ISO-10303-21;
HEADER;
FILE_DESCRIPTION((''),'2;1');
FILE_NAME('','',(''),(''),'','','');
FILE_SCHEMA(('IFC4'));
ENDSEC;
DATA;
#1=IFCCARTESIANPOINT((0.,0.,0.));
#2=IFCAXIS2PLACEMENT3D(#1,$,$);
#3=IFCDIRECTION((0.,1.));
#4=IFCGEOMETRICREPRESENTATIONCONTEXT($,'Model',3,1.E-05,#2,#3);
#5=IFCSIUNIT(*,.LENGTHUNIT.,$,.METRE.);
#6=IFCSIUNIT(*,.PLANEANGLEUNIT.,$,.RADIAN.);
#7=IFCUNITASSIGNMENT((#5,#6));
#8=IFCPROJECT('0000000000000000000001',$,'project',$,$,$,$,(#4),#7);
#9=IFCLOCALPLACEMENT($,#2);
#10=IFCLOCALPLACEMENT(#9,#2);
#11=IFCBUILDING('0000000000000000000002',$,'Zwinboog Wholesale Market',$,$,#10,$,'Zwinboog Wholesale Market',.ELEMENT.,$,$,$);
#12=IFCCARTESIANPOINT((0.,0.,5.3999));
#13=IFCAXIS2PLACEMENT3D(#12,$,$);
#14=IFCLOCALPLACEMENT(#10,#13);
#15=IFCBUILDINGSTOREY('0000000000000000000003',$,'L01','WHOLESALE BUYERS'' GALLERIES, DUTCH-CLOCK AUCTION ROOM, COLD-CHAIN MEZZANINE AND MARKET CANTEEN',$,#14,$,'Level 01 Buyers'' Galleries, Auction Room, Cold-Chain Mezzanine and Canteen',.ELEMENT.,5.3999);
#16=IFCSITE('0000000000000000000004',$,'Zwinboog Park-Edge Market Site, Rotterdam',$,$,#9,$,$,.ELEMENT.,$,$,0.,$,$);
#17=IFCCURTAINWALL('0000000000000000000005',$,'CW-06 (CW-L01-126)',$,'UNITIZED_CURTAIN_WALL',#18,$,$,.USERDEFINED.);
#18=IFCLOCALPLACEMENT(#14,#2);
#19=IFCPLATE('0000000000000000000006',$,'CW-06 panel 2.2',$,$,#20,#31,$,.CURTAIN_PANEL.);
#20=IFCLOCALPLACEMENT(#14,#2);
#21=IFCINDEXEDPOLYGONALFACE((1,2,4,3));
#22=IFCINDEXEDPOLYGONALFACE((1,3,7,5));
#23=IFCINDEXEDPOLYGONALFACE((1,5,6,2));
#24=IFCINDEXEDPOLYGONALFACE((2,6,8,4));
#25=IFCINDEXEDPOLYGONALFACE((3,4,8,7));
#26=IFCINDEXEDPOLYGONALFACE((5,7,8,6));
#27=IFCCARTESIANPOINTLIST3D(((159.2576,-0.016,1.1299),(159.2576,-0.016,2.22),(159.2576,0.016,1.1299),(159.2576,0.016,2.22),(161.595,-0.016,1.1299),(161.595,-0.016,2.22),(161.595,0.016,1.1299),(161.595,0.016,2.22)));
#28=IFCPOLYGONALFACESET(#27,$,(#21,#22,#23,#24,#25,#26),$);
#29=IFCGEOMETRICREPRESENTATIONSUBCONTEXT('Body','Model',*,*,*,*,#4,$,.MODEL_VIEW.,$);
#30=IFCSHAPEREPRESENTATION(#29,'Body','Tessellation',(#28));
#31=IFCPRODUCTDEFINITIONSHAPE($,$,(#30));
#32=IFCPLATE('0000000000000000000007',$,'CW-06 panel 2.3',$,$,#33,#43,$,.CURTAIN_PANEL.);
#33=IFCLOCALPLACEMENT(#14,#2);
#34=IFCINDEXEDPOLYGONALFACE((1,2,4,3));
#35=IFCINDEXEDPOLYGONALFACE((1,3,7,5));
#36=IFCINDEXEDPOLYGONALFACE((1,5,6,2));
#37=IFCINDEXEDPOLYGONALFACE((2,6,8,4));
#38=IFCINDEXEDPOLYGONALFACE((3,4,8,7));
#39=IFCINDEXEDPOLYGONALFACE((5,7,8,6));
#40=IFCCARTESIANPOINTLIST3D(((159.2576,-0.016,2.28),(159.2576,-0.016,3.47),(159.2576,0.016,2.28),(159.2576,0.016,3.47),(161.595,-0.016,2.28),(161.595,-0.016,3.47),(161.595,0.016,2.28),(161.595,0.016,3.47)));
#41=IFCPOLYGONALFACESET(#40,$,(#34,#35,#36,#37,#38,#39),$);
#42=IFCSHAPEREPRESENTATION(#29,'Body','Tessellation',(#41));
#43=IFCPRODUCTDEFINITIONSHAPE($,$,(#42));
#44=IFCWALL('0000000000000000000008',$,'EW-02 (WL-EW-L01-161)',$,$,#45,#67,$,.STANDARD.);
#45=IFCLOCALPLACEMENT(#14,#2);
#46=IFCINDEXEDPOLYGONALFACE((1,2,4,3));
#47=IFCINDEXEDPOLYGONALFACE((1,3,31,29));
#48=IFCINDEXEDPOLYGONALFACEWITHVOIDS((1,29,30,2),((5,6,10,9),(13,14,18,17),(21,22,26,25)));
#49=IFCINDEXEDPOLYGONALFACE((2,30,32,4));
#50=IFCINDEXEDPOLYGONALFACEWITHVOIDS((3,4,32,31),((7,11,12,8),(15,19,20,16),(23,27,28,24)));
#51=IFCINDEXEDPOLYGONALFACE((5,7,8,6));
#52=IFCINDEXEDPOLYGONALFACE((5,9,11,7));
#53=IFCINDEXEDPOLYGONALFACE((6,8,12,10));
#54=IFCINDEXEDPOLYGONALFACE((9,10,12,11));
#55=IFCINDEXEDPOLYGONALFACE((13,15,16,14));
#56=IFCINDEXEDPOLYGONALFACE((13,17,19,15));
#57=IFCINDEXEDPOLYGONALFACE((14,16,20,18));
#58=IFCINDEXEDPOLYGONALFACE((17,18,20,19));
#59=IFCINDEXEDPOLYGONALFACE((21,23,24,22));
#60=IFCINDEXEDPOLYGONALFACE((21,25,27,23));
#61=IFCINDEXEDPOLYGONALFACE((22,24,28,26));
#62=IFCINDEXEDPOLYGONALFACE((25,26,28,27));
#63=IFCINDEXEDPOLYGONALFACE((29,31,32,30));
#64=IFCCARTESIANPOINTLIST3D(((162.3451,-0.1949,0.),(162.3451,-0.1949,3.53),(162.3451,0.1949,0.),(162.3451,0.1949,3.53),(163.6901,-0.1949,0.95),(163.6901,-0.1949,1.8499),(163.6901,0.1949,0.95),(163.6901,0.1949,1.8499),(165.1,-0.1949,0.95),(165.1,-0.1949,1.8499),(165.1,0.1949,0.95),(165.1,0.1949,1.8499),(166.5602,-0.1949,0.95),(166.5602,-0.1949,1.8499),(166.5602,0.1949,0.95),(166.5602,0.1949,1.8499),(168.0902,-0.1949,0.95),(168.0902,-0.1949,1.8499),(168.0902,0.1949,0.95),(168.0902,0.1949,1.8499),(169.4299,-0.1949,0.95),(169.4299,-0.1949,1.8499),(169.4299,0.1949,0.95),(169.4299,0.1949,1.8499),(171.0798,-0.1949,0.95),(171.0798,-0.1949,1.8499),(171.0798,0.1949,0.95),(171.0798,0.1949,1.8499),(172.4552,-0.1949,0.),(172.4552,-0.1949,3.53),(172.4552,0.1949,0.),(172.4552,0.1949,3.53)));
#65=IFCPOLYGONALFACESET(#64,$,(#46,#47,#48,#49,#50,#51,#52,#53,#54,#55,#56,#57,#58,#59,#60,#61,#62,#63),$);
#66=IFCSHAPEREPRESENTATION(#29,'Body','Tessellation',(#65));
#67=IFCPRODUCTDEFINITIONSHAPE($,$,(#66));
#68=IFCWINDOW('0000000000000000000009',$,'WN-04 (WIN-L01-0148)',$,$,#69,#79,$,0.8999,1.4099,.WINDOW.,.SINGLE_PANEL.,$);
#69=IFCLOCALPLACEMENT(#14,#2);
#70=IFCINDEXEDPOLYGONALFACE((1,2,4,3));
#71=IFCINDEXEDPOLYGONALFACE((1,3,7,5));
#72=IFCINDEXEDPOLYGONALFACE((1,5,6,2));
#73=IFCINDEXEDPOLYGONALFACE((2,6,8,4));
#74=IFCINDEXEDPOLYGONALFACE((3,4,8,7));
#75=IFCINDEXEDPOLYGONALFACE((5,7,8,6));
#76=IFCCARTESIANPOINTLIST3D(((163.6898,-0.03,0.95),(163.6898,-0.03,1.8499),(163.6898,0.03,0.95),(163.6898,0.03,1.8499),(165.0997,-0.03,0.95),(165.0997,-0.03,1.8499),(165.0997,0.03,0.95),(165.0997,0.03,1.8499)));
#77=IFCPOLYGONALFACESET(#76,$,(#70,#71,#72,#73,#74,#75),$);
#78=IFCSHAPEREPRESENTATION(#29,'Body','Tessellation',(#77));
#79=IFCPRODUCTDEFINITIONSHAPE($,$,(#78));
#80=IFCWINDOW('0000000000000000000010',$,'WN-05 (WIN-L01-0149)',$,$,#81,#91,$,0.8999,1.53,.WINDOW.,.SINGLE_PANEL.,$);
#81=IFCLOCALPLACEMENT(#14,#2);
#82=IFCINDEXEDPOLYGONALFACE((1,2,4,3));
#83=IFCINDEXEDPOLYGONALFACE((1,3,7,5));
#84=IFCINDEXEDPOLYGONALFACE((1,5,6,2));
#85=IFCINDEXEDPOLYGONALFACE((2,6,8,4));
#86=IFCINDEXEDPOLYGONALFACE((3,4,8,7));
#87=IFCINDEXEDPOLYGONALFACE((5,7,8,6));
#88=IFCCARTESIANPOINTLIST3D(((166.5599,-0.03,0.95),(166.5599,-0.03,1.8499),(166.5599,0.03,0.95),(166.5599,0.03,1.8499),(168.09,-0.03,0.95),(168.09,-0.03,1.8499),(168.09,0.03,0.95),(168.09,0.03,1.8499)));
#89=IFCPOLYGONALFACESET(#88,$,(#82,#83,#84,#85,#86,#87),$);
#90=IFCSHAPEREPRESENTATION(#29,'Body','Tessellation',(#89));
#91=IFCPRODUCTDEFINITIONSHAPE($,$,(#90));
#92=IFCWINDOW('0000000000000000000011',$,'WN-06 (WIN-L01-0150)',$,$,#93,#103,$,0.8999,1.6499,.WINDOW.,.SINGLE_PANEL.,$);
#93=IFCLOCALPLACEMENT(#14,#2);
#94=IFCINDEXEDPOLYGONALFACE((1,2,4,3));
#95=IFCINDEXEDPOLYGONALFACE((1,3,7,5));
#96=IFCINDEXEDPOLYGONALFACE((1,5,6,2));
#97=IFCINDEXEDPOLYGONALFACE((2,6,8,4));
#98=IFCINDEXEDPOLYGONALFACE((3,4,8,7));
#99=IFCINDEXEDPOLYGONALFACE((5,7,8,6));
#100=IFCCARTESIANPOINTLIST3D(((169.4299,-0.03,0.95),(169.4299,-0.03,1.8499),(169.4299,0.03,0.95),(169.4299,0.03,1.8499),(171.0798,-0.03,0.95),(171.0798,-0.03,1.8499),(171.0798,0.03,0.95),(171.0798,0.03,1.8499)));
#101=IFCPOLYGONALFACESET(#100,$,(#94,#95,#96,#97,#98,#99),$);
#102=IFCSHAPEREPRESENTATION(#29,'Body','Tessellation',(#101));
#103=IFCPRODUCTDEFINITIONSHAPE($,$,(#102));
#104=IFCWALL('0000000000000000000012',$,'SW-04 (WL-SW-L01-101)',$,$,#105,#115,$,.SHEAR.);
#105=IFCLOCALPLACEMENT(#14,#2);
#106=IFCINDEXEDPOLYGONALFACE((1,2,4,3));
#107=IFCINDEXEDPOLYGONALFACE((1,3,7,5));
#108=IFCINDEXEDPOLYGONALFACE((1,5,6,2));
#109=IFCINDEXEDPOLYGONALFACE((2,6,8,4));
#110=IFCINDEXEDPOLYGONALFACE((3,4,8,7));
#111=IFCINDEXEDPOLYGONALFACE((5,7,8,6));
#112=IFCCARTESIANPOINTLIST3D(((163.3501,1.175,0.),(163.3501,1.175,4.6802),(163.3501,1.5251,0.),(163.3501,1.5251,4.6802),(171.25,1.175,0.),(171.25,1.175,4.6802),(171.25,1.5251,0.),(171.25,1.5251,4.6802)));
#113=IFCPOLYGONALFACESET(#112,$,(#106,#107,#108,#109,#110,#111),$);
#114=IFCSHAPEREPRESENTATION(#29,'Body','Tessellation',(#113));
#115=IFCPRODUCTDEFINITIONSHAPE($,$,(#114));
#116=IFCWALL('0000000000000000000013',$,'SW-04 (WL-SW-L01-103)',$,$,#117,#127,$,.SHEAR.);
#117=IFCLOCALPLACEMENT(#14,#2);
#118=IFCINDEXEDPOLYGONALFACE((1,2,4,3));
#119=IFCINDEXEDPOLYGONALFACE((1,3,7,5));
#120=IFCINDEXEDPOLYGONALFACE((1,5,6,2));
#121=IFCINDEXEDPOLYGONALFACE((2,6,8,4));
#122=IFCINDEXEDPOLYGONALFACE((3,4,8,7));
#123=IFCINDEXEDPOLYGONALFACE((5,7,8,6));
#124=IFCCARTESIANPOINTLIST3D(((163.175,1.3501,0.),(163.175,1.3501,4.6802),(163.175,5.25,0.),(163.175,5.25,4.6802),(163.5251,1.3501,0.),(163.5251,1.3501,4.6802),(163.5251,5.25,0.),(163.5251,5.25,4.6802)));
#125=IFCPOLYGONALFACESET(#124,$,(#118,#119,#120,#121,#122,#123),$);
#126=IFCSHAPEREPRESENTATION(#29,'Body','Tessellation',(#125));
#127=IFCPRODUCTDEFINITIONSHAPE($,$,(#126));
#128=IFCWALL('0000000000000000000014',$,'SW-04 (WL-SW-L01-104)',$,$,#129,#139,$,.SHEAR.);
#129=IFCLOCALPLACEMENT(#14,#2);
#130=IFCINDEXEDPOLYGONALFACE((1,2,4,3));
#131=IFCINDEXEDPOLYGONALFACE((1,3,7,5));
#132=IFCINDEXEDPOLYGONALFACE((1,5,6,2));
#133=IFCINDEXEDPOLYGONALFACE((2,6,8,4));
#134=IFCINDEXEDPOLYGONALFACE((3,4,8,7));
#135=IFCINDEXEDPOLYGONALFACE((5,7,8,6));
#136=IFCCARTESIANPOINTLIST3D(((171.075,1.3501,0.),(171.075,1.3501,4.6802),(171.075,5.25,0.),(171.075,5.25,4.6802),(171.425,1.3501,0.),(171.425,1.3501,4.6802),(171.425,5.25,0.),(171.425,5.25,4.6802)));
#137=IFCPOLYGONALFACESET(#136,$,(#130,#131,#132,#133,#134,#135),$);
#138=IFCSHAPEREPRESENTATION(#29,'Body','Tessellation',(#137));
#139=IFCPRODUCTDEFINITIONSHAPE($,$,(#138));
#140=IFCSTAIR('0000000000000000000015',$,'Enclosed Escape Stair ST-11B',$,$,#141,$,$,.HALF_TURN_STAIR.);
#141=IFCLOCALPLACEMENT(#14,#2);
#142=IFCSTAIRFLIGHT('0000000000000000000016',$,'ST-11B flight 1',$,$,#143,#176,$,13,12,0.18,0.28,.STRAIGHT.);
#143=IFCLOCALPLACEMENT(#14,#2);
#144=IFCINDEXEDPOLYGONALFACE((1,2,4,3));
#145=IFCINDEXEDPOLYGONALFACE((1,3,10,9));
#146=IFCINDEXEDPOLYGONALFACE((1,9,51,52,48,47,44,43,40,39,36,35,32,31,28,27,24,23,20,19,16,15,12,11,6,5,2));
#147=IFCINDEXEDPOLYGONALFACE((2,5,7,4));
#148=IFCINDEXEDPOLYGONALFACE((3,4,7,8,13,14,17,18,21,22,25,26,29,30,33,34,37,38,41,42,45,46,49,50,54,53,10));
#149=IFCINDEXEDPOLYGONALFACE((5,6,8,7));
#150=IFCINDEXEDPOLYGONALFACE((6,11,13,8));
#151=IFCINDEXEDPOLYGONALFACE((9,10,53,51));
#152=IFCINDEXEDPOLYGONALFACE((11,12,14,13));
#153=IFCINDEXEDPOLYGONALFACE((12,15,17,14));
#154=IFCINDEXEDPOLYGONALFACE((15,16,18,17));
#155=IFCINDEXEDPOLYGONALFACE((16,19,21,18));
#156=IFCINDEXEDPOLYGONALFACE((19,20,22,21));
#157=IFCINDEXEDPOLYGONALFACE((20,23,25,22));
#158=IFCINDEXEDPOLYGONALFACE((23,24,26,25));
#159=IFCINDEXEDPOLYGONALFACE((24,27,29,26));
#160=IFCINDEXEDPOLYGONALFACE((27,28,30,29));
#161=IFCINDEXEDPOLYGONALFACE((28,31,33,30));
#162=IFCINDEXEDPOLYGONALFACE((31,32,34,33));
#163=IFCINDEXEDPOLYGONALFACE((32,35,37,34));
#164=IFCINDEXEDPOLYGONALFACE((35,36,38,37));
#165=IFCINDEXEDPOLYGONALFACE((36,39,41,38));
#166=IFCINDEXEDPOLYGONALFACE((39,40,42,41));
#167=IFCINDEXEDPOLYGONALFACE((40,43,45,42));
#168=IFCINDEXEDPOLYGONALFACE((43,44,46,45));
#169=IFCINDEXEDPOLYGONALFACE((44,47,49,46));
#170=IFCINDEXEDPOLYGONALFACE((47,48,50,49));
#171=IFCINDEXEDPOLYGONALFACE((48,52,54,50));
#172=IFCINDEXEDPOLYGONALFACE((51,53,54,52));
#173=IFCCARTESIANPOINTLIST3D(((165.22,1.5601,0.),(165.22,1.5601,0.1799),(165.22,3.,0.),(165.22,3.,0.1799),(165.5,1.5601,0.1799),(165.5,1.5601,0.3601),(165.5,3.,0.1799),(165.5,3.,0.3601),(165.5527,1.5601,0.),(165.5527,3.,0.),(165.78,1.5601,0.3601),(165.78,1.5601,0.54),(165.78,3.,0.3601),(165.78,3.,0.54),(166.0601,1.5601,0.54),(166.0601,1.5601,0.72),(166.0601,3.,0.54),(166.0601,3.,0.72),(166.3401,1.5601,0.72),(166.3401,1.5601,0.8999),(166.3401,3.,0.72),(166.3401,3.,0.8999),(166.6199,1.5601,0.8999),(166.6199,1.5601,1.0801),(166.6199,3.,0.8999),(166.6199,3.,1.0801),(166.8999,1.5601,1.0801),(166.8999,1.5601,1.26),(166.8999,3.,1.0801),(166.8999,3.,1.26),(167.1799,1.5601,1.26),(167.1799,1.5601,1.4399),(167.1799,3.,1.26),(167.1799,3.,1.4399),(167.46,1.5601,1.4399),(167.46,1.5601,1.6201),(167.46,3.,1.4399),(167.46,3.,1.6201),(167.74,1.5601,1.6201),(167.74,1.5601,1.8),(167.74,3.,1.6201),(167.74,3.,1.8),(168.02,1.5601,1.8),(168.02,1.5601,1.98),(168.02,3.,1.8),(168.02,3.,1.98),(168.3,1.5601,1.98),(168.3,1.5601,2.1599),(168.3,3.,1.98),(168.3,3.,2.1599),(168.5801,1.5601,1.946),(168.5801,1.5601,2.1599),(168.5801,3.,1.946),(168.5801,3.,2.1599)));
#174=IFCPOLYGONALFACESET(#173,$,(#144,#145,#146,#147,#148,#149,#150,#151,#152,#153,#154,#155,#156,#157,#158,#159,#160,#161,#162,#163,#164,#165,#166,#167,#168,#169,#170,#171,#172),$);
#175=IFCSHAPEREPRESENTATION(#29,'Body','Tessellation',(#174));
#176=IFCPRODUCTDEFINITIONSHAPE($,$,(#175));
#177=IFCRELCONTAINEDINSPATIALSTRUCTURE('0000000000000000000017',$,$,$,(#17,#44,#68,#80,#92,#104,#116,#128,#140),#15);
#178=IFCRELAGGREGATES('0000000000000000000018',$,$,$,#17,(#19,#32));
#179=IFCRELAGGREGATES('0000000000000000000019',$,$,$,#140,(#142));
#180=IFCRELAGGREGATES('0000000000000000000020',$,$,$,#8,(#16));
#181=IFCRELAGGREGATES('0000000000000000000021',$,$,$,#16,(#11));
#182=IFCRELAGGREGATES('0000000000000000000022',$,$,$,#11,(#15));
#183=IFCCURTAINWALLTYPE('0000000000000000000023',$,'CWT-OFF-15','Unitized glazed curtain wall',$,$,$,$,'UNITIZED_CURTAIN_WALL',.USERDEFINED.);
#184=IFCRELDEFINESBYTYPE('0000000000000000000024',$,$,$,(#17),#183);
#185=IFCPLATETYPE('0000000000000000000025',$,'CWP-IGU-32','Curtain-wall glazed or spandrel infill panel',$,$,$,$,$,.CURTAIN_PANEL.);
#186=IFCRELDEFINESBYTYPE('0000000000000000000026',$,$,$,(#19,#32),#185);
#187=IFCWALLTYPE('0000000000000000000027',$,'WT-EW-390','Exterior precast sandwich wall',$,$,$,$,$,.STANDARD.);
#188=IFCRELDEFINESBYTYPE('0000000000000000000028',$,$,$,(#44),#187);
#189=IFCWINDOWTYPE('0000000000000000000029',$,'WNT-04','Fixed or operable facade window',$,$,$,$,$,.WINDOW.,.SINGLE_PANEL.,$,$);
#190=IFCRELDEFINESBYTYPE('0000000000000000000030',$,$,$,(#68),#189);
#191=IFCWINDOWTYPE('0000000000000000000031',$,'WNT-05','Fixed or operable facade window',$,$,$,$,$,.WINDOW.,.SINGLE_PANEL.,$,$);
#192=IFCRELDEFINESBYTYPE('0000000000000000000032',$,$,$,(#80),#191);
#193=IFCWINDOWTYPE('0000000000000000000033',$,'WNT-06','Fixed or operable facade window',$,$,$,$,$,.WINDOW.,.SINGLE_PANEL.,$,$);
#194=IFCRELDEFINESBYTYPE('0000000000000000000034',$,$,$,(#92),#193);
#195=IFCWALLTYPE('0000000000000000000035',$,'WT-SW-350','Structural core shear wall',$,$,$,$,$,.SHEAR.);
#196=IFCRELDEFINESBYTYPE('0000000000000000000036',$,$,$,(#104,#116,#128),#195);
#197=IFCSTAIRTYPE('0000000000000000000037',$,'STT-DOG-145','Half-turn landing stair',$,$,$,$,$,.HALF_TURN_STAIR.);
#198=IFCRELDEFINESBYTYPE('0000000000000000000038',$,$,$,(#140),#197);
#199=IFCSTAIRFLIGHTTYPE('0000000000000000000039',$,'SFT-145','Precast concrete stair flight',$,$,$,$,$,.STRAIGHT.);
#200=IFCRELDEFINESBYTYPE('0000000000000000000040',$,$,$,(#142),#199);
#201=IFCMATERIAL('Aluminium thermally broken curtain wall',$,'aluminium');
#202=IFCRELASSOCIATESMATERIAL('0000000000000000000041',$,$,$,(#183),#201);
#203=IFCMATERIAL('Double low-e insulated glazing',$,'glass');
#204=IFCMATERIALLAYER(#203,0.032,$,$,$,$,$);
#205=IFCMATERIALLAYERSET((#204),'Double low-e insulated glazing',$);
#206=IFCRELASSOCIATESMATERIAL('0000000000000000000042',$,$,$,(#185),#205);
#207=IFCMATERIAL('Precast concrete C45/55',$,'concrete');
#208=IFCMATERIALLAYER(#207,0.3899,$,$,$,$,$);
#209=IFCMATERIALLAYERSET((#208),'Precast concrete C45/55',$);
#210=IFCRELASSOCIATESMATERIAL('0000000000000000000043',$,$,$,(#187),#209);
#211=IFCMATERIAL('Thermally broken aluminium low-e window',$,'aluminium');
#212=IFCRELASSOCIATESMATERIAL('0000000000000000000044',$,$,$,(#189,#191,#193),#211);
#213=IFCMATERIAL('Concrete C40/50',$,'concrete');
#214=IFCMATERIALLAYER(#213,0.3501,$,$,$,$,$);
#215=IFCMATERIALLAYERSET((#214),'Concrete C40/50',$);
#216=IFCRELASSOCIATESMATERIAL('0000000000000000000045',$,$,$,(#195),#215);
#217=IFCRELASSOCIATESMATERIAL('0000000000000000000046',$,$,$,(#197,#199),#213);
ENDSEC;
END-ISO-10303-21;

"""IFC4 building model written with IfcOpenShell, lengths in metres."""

from ifc_helpers import new_model, si_unit, direction, frame, frame_2d, origin, origin_2d, place, context, subcontext, project, spatial, polyline, rectangle, outline, extrude, material, layer, layer_set, type_object, element, fill, aggregate, save


model = new_model("IFC4")

# Units and contexts
model_context = context("Model", 3, precision=1e-05, world=origin(), true_north=direction((0.0, 1.0)))
body_context = subcontext(model_context, "Body", "Model", "MODEL_VIEW")
ifc_project = project(units=[si_unit("LENGTHUNIT", "METRE"), si_unit("PLANEANGLEUNIT", "RADIAN")], contexts=[model_context])

# Site, building, storey
site_placement = place(None, origin())
site = spatial("IfcSite", under=ifc_project, at=site_placement, Name="Zwinboog Park-Edge Market Site, Rotterdam", CompositionType="ELEMENT", RefElevation=0.0)
building_placement = place(site_placement, origin())
building = spatial("IfcBuilding", under=site, at=building_placement, Name="Zwinboog Wholesale Market", LongName="Zwinboog Wholesale Market", CompositionType="ELEMENT")
storey_placement = place(building_placement, frame((0.0, 0.0, 5.3999)))
storey = spatial("IfcBuildingStorey", under=building, at=storey_placement, Name="L01", Description="WHOLESALE BUYERS' GALLERIES, DUTCH-CLOCK AUCTION ROOM, COLD-CHAIN MEZZANINE AND MARKET CANTEEN", LongName="Level 01 Buyers' Galleries, Auction Room, Cold-Chain Mezzanine and Canteen", CompositionType="ELEMENT", Elevation=5.3999)

# Shared definitions
ifc_material_1 = material(Name="Precast concrete C45/55", Category="concrete")

# Curtain wall, plates
ifc_material_2 = material(Name="Aluminium thermally broken curtain wall", Category="aluminium")
curtain_wall_type = type_object("IfcCurtainWallType", Name="CWT-OFF-15", Description="Unitized glazed curtain wall", ElementType="UNITIZED_CURTAIN_WALL", PredefinedType="USERDEFINED", material=ifc_material_2)
curtain_wall_placement = place(storey_placement, origin())
curtain_wall = element("IfcCurtainWall", 1, at=curtain_wall_placement, inside=storey, type_object=curtain_wall_type, Name="CW-06 (CW-L01-126)", ObjectType="UNITIZED_CURTAIN_WALL", PredefinedType="USERDEFINED")
ifc_material_3 = material(Name="Double low-e insulated glazing", Category="glass")
ifc_layer_1 = layer(ifc_material_3, 0.032)
ifc_layer_set_1 = layer_set([ifc_layer_1], Name="Double low-e insulated glazing")
plate_type = type_object("IfcPlateType", Name="CWP-IGU-32", Description="Curtain-wall glazed or spandrel infill panel", PredefinedType="CURTAIN_PANEL", material=ifc_layer_set_1)
plate_1_placement = place(storey_placement, frame((160.4263, 0.0, 1.1299), z_axis=(0.0, 0.0, 1.0), x_axis=(1.0, 0.0, 0.0)))
plate_1 = element("IfcPlate", 2, at=plate_1_placement, type_object=plate_type, Name="CW-06 panel 2.2", PredefinedType="CURTAIN_PANEL", context=body_context, shape_type="SweptSolid", body=[
    extrude(rectangle(XDim=2.3374, YDim=0.032, at=origin_2d()), origin(), (0.0, 0.0, 1.0), 1.0901),
])
plate_2_placement = place(storey_placement, frame((160.4263, 0.0, 2.28), z_axis=(0.0, 0.0, 1.0), x_axis=(1.0, 0.0, 0.0)))
plate_2 = element("IfcPlate", 3, at=plate_2_placement, type_object=plate_type, Name="CW-06 panel 2.3", PredefinedType="CURTAIN_PANEL", context=body_context, shape_type="SweptSolid", body=[
    extrude(rectangle(XDim=2.3374, YDim=0.032, at=origin_2d()), origin(), (0.0, 0.0, 1.0), 1.1899),
])
aggregate(curtain_wall, [plate_1, plate_2])

# Wall, openings, windows
ifc_layer_2 = layer(ifc_material_1, 0.3899)
ifc_layer_set_2 = layer_set([ifc_layer_2], Name="Precast concrete C45/55")
wall_type_1 = type_object("IfcWallType", Name="WT-EW-390", Description="Exterior precast sandwich wall", PredefinedType="STANDARD", material=ifc_layer_set_2)
wall_1_placement = place(storey_placement, frame((162.345, 0.0, 0.0), z_axis=(0.0, 0.0, 1.0), x_axis=(1.0, 0.0, 0.0)))
wall_1 = element("IfcWall", 4, at=wall_1_placement, inside=storey, type_object=wall_type_1, Name="EW-02 (WL-EW-L01-161)", PredefinedType="STANDARD", context=body_context, shape_type="SweptSolid", body=[
    extrude(rectangle(XDim=10.1101, YDim=0.3899, at=frame_2d((5.0552, 0.0))), origin(), (0.0, 0.0, 1.0), 3.53),
])
opening_1_placement = place(wall_1_placement, frame((1.345, 0.0, 0.95)))
opening_1 = element("IfcOpeningElement", 5, at=opening_1_placement, cuts=wall_1, PredefinedType="OPENING", context=body_context, shape_type="SweptSolid", body=[
    extrude(rectangle(XDim=1.4099, YDim=0.8999, at=frame_2d((0.7051, 0.45))), frame((0.0, 0.2048, 0.0), z_axis=(0.0, -1.0, 0.0), x_axis=(1.0, 0.0, 0.0)), (0.0, 0.0, 1.0), 0.4099),
])
opening_2_placement = place(wall_1_placement, frame((4.2151, 0.0, 0.95)))
opening_2 = element("IfcOpeningElement", 6, at=opening_2_placement, cuts=wall_1, PredefinedType="OPENING", context=body_context, shape_type="SweptSolid", body=[
    extrude(rectangle(XDim=1.53, YDim=0.8999, at=frame_2d((0.7651, 0.45))), frame((0.0, 0.2048, 0.0), z_axis=(0.0, -1.0, 0.0), x_axis=(1.0, 0.0, 0.0)), (0.0, 0.0, 1.0), 0.4099),
])
opening_3_placement = place(wall_1_placement, frame((7.085, 0.0, 0.95)))
opening_3 = element("IfcOpeningElement", 7, at=opening_3_placement, cuts=wall_1, PredefinedType="OPENING", context=body_context, shape_type="SweptSolid", body=[
    extrude(rectangle(XDim=1.6499, YDim=0.8999, at=frame_2d((0.825, 0.45))), frame((0.0, 0.2048, 0.0), z_axis=(0.0, -1.0, 0.0), x_axis=(1.0, 0.0, 0.0)), (0.0, 0.0, 1.0), 0.4099),
])
ifc_material_4 = material(Name="Thermally broken aluminium low-e window", Category="aluminium")
window_type_1 = type_object("IfcWindowType", Name="WNT-04", Description="Fixed or operable facade window", PartitioningType="SINGLE_PANEL", PredefinedType="WINDOW", material=ifc_material_4)
window_1_placement = place(opening_1_placement, frame((1.4099, 0.0, 0.0), z_axis=(0.0, 0.0, 1.0), x_axis=(-1.0, 0.0, 0.0)))
window_1 = element("IfcWindow", 8, at=window_1_placement, inside=storey, type_object=window_type_1, Name="WN-04 (WIN-L01-0148)", OverallHeight=0.8999, OverallWidth=1.4099, PartitioningType="SINGLE_PANEL", PredefinedType="WINDOW", context=body_context, shape_type="SweptSolid", body=[
    extrude(rectangle(XDim=1.4099, YDim=0.8999, at=frame_2d((0.7051, 0.45))), frame((0.0, 0.03, 0.0), z_axis=(0.0, -1.0, 0.0), x_axis=(1.0, 0.0, 0.0)), (0.0, 0.0, 1.0), 0.0601),
])
fill(opening_1, window_1)
window_type_2 = type_object("IfcWindowType", Name="WNT-05", Description="Fixed or operable facade window", PartitioningType="SINGLE_PANEL", PredefinedType="WINDOW", material=ifc_material_4)
window_2_placement = place(opening_2_placement, frame((1.53, 0.0, 0.0), z_axis=(0.0, 0.0, 1.0), x_axis=(-1.0, 0.0, 0.0)))
window_2 = element("IfcWindow", 9, at=window_2_placement, inside=storey, type_object=window_type_2, Name="WN-05 (WIN-L01-0149)", OverallHeight=0.8999, OverallWidth=1.53, PartitioningType="SINGLE_PANEL", PredefinedType="WINDOW", context=body_context, shape_type="SweptSolid", body=[
    extrude(rectangle(XDim=1.53, YDim=0.8999, at=frame_2d((0.7651, 0.45))), frame((0.0, 0.03, 0.0), z_axis=(0.0, -1.0, 0.0), x_axis=(1.0, 0.0, 0.0)), (0.0, 0.0, 1.0), 0.0601),
])
fill(opening_2, window_2)
window_type_3 = type_object("IfcWindowType", Name="WNT-06", Description="Fixed or operable facade window", PartitioningType="SINGLE_PANEL", PredefinedType="WINDOW", material=ifc_material_4)
window_3_placement = place(opening_3_placement, frame((1.6499, 0.0, 0.0), z_axis=(0.0, 0.0, 1.0), x_axis=(-1.0, 0.0, 0.0)))
window_3 = element("IfcWindow", 10, at=window_3_placement, inside=storey, type_object=window_type_3, Name="WN-06 (WIN-L01-0150)", OverallHeight=0.8999, OverallWidth=1.6499, PartitioningType="SINGLE_PANEL", PredefinedType="WINDOW", context=body_context, shape_type="SweptSolid", body=[
    extrude(rectangle(XDim=1.6499, YDim=0.8999, at=frame_2d((0.825, 0.45))), frame((0.0, 0.03, 0.0), z_axis=(0.0, -1.0, 0.0), x_axis=(1.0, 0.0, 0.0)), (0.0, 0.0, 1.0), 0.0601),
])
fill(opening_3, window_3)

# Walls
ifc_material_5 = material(Name="Concrete C40/50", Category="concrete")
ifc_layer_3 = layer(ifc_material_5, 0.3501)
ifc_layer_set_3 = layer_set([ifc_layer_3], Name="Concrete C40/50")
wall_type_2 = type_object("IfcWallType", Name="WT-SW-350", Description="Structural core shear wall", PredefinedType="SHEAR", material=ifc_layer_set_3)
wall_2_placement = place(storey_placement, frame((163.3501, 1.3501, 0.0), z_axis=(0.0, 0.0, 1.0), x_axis=(1.0, 0.0, 0.0)))
element("IfcWall", 11, at=wall_2_placement, inside=storey, type_object=wall_type_2, Name="SW-04 (WL-SW-L01-101)", PredefinedType="SHEAR", context=body_context, shape_type="SweptSolid", body=[
    extrude(rectangle(XDim=7.8999, YDim=0.3501, at=frame_2d((3.95, 0.0))), origin(), (0.0, 0.0, 1.0), 4.6802),
])
for number, where, z_axis, x_axis, name in (
    (12, (163.3501, 1.3501, 0.0), (0.0, 0.0, 1.0), (0.0, 1.0, 0.0), "SW-04 (WL-SW-L01-103)"),
    (13, (171.25, 1.3501, 0.0), (0.0, 0.0, 1.0), (0.0, 1.0, 0.0), "SW-04 (WL-SW-L01-104)"),
):
    element("IfcWall", number, at=place(storey_placement, frame(where, z_axis=z_axis, x_axis=x_axis)), inside=storey, type_object=wall_type_2, Name=name, PredefinedType="SHEAR", context=body_context, shape_type="SweptSolid", body=[
        extrude(rectangle(XDim=3.8999, YDim=0.3501, at=frame_2d((1.95, 0.0))), origin(), (0.0, 0.0, 1.0), 4.6802),
    ])

# Stair, stair flight
stair_type = type_object("IfcStairType", Name="STT-DOG-145", Description="Half-turn landing stair", PredefinedType="HALF_TURN_STAIR", material=ifc_material_5)
stair_placement = place(storey_placement, origin())
stair = element("IfcStair", 14, at=stair_placement, inside=storey, type_object=stair_type, Name="Enclosed Escape Stair ST-11B", PredefinedType="HALF_TURN_STAIR")
stair_flight_type = type_object("IfcStairFlightType", Name="SFT-145", Description="Precast concrete stair flight", PredefinedType="STRAIGHT", material=ifc_material_5)
stair_flight_1_placement = place(storey_placement, frame((165.22, 2.28, 0.0), z_axis=(0.0, 0.0, 1.0), x_axis=(1.0, 0.0, 0.0)))
stair_flight_1 = element("IfcStairFlight", 15, at=stair_flight_1_placement, type_object=stair_flight_type, Name="ST-11B flight 1", NumberOfRisers=13, NumberOfTreads=12, PredefinedType="STRAIGHT", RiserHeight=0.18, TreadLength=0.28, context=body_context, shape_type="SweptSolid", body=[
    extrude(outline(polyline([(0.0, 0.0), (0.0, 0.1799), (0.28, 0.1799), (0.28, 0.3601), (0.5601, 0.3601), (0.5601, 0.54), (0.8401, 0.54), (0.8401, 0.72), (1.1201, 0.72), (1.1201, 0.8999), (1.3999, 0.8999), (1.3999, 1.0801), (1.6799, 1.0801), (1.6799, 1.26), (1.96, 1.26), (1.96, 1.4399), (2.24, 1.4399), (2.24, 1.6201), (2.52, 1.6201), (2.52, 1.8), (2.8, 1.8), (2.8, 1.98), (3.0801, 1.98), (3.0801, 2.1599), (3.3601, 2.1599), (3.3601, 2.3401), (3.3601, 1.946), (0.3328, 0.0), (0.0, 0.0)])), frame((0.0, 0.72, 0.0), z_axis=(0.0, -1.0, 0.0), x_axis=(1.0, 0.0, 0.0)), (0.0, 0.0, 1.0), 1.4399),
])
aggregate(stair, [stair_flight_1])

save(model, "model.ifc")
